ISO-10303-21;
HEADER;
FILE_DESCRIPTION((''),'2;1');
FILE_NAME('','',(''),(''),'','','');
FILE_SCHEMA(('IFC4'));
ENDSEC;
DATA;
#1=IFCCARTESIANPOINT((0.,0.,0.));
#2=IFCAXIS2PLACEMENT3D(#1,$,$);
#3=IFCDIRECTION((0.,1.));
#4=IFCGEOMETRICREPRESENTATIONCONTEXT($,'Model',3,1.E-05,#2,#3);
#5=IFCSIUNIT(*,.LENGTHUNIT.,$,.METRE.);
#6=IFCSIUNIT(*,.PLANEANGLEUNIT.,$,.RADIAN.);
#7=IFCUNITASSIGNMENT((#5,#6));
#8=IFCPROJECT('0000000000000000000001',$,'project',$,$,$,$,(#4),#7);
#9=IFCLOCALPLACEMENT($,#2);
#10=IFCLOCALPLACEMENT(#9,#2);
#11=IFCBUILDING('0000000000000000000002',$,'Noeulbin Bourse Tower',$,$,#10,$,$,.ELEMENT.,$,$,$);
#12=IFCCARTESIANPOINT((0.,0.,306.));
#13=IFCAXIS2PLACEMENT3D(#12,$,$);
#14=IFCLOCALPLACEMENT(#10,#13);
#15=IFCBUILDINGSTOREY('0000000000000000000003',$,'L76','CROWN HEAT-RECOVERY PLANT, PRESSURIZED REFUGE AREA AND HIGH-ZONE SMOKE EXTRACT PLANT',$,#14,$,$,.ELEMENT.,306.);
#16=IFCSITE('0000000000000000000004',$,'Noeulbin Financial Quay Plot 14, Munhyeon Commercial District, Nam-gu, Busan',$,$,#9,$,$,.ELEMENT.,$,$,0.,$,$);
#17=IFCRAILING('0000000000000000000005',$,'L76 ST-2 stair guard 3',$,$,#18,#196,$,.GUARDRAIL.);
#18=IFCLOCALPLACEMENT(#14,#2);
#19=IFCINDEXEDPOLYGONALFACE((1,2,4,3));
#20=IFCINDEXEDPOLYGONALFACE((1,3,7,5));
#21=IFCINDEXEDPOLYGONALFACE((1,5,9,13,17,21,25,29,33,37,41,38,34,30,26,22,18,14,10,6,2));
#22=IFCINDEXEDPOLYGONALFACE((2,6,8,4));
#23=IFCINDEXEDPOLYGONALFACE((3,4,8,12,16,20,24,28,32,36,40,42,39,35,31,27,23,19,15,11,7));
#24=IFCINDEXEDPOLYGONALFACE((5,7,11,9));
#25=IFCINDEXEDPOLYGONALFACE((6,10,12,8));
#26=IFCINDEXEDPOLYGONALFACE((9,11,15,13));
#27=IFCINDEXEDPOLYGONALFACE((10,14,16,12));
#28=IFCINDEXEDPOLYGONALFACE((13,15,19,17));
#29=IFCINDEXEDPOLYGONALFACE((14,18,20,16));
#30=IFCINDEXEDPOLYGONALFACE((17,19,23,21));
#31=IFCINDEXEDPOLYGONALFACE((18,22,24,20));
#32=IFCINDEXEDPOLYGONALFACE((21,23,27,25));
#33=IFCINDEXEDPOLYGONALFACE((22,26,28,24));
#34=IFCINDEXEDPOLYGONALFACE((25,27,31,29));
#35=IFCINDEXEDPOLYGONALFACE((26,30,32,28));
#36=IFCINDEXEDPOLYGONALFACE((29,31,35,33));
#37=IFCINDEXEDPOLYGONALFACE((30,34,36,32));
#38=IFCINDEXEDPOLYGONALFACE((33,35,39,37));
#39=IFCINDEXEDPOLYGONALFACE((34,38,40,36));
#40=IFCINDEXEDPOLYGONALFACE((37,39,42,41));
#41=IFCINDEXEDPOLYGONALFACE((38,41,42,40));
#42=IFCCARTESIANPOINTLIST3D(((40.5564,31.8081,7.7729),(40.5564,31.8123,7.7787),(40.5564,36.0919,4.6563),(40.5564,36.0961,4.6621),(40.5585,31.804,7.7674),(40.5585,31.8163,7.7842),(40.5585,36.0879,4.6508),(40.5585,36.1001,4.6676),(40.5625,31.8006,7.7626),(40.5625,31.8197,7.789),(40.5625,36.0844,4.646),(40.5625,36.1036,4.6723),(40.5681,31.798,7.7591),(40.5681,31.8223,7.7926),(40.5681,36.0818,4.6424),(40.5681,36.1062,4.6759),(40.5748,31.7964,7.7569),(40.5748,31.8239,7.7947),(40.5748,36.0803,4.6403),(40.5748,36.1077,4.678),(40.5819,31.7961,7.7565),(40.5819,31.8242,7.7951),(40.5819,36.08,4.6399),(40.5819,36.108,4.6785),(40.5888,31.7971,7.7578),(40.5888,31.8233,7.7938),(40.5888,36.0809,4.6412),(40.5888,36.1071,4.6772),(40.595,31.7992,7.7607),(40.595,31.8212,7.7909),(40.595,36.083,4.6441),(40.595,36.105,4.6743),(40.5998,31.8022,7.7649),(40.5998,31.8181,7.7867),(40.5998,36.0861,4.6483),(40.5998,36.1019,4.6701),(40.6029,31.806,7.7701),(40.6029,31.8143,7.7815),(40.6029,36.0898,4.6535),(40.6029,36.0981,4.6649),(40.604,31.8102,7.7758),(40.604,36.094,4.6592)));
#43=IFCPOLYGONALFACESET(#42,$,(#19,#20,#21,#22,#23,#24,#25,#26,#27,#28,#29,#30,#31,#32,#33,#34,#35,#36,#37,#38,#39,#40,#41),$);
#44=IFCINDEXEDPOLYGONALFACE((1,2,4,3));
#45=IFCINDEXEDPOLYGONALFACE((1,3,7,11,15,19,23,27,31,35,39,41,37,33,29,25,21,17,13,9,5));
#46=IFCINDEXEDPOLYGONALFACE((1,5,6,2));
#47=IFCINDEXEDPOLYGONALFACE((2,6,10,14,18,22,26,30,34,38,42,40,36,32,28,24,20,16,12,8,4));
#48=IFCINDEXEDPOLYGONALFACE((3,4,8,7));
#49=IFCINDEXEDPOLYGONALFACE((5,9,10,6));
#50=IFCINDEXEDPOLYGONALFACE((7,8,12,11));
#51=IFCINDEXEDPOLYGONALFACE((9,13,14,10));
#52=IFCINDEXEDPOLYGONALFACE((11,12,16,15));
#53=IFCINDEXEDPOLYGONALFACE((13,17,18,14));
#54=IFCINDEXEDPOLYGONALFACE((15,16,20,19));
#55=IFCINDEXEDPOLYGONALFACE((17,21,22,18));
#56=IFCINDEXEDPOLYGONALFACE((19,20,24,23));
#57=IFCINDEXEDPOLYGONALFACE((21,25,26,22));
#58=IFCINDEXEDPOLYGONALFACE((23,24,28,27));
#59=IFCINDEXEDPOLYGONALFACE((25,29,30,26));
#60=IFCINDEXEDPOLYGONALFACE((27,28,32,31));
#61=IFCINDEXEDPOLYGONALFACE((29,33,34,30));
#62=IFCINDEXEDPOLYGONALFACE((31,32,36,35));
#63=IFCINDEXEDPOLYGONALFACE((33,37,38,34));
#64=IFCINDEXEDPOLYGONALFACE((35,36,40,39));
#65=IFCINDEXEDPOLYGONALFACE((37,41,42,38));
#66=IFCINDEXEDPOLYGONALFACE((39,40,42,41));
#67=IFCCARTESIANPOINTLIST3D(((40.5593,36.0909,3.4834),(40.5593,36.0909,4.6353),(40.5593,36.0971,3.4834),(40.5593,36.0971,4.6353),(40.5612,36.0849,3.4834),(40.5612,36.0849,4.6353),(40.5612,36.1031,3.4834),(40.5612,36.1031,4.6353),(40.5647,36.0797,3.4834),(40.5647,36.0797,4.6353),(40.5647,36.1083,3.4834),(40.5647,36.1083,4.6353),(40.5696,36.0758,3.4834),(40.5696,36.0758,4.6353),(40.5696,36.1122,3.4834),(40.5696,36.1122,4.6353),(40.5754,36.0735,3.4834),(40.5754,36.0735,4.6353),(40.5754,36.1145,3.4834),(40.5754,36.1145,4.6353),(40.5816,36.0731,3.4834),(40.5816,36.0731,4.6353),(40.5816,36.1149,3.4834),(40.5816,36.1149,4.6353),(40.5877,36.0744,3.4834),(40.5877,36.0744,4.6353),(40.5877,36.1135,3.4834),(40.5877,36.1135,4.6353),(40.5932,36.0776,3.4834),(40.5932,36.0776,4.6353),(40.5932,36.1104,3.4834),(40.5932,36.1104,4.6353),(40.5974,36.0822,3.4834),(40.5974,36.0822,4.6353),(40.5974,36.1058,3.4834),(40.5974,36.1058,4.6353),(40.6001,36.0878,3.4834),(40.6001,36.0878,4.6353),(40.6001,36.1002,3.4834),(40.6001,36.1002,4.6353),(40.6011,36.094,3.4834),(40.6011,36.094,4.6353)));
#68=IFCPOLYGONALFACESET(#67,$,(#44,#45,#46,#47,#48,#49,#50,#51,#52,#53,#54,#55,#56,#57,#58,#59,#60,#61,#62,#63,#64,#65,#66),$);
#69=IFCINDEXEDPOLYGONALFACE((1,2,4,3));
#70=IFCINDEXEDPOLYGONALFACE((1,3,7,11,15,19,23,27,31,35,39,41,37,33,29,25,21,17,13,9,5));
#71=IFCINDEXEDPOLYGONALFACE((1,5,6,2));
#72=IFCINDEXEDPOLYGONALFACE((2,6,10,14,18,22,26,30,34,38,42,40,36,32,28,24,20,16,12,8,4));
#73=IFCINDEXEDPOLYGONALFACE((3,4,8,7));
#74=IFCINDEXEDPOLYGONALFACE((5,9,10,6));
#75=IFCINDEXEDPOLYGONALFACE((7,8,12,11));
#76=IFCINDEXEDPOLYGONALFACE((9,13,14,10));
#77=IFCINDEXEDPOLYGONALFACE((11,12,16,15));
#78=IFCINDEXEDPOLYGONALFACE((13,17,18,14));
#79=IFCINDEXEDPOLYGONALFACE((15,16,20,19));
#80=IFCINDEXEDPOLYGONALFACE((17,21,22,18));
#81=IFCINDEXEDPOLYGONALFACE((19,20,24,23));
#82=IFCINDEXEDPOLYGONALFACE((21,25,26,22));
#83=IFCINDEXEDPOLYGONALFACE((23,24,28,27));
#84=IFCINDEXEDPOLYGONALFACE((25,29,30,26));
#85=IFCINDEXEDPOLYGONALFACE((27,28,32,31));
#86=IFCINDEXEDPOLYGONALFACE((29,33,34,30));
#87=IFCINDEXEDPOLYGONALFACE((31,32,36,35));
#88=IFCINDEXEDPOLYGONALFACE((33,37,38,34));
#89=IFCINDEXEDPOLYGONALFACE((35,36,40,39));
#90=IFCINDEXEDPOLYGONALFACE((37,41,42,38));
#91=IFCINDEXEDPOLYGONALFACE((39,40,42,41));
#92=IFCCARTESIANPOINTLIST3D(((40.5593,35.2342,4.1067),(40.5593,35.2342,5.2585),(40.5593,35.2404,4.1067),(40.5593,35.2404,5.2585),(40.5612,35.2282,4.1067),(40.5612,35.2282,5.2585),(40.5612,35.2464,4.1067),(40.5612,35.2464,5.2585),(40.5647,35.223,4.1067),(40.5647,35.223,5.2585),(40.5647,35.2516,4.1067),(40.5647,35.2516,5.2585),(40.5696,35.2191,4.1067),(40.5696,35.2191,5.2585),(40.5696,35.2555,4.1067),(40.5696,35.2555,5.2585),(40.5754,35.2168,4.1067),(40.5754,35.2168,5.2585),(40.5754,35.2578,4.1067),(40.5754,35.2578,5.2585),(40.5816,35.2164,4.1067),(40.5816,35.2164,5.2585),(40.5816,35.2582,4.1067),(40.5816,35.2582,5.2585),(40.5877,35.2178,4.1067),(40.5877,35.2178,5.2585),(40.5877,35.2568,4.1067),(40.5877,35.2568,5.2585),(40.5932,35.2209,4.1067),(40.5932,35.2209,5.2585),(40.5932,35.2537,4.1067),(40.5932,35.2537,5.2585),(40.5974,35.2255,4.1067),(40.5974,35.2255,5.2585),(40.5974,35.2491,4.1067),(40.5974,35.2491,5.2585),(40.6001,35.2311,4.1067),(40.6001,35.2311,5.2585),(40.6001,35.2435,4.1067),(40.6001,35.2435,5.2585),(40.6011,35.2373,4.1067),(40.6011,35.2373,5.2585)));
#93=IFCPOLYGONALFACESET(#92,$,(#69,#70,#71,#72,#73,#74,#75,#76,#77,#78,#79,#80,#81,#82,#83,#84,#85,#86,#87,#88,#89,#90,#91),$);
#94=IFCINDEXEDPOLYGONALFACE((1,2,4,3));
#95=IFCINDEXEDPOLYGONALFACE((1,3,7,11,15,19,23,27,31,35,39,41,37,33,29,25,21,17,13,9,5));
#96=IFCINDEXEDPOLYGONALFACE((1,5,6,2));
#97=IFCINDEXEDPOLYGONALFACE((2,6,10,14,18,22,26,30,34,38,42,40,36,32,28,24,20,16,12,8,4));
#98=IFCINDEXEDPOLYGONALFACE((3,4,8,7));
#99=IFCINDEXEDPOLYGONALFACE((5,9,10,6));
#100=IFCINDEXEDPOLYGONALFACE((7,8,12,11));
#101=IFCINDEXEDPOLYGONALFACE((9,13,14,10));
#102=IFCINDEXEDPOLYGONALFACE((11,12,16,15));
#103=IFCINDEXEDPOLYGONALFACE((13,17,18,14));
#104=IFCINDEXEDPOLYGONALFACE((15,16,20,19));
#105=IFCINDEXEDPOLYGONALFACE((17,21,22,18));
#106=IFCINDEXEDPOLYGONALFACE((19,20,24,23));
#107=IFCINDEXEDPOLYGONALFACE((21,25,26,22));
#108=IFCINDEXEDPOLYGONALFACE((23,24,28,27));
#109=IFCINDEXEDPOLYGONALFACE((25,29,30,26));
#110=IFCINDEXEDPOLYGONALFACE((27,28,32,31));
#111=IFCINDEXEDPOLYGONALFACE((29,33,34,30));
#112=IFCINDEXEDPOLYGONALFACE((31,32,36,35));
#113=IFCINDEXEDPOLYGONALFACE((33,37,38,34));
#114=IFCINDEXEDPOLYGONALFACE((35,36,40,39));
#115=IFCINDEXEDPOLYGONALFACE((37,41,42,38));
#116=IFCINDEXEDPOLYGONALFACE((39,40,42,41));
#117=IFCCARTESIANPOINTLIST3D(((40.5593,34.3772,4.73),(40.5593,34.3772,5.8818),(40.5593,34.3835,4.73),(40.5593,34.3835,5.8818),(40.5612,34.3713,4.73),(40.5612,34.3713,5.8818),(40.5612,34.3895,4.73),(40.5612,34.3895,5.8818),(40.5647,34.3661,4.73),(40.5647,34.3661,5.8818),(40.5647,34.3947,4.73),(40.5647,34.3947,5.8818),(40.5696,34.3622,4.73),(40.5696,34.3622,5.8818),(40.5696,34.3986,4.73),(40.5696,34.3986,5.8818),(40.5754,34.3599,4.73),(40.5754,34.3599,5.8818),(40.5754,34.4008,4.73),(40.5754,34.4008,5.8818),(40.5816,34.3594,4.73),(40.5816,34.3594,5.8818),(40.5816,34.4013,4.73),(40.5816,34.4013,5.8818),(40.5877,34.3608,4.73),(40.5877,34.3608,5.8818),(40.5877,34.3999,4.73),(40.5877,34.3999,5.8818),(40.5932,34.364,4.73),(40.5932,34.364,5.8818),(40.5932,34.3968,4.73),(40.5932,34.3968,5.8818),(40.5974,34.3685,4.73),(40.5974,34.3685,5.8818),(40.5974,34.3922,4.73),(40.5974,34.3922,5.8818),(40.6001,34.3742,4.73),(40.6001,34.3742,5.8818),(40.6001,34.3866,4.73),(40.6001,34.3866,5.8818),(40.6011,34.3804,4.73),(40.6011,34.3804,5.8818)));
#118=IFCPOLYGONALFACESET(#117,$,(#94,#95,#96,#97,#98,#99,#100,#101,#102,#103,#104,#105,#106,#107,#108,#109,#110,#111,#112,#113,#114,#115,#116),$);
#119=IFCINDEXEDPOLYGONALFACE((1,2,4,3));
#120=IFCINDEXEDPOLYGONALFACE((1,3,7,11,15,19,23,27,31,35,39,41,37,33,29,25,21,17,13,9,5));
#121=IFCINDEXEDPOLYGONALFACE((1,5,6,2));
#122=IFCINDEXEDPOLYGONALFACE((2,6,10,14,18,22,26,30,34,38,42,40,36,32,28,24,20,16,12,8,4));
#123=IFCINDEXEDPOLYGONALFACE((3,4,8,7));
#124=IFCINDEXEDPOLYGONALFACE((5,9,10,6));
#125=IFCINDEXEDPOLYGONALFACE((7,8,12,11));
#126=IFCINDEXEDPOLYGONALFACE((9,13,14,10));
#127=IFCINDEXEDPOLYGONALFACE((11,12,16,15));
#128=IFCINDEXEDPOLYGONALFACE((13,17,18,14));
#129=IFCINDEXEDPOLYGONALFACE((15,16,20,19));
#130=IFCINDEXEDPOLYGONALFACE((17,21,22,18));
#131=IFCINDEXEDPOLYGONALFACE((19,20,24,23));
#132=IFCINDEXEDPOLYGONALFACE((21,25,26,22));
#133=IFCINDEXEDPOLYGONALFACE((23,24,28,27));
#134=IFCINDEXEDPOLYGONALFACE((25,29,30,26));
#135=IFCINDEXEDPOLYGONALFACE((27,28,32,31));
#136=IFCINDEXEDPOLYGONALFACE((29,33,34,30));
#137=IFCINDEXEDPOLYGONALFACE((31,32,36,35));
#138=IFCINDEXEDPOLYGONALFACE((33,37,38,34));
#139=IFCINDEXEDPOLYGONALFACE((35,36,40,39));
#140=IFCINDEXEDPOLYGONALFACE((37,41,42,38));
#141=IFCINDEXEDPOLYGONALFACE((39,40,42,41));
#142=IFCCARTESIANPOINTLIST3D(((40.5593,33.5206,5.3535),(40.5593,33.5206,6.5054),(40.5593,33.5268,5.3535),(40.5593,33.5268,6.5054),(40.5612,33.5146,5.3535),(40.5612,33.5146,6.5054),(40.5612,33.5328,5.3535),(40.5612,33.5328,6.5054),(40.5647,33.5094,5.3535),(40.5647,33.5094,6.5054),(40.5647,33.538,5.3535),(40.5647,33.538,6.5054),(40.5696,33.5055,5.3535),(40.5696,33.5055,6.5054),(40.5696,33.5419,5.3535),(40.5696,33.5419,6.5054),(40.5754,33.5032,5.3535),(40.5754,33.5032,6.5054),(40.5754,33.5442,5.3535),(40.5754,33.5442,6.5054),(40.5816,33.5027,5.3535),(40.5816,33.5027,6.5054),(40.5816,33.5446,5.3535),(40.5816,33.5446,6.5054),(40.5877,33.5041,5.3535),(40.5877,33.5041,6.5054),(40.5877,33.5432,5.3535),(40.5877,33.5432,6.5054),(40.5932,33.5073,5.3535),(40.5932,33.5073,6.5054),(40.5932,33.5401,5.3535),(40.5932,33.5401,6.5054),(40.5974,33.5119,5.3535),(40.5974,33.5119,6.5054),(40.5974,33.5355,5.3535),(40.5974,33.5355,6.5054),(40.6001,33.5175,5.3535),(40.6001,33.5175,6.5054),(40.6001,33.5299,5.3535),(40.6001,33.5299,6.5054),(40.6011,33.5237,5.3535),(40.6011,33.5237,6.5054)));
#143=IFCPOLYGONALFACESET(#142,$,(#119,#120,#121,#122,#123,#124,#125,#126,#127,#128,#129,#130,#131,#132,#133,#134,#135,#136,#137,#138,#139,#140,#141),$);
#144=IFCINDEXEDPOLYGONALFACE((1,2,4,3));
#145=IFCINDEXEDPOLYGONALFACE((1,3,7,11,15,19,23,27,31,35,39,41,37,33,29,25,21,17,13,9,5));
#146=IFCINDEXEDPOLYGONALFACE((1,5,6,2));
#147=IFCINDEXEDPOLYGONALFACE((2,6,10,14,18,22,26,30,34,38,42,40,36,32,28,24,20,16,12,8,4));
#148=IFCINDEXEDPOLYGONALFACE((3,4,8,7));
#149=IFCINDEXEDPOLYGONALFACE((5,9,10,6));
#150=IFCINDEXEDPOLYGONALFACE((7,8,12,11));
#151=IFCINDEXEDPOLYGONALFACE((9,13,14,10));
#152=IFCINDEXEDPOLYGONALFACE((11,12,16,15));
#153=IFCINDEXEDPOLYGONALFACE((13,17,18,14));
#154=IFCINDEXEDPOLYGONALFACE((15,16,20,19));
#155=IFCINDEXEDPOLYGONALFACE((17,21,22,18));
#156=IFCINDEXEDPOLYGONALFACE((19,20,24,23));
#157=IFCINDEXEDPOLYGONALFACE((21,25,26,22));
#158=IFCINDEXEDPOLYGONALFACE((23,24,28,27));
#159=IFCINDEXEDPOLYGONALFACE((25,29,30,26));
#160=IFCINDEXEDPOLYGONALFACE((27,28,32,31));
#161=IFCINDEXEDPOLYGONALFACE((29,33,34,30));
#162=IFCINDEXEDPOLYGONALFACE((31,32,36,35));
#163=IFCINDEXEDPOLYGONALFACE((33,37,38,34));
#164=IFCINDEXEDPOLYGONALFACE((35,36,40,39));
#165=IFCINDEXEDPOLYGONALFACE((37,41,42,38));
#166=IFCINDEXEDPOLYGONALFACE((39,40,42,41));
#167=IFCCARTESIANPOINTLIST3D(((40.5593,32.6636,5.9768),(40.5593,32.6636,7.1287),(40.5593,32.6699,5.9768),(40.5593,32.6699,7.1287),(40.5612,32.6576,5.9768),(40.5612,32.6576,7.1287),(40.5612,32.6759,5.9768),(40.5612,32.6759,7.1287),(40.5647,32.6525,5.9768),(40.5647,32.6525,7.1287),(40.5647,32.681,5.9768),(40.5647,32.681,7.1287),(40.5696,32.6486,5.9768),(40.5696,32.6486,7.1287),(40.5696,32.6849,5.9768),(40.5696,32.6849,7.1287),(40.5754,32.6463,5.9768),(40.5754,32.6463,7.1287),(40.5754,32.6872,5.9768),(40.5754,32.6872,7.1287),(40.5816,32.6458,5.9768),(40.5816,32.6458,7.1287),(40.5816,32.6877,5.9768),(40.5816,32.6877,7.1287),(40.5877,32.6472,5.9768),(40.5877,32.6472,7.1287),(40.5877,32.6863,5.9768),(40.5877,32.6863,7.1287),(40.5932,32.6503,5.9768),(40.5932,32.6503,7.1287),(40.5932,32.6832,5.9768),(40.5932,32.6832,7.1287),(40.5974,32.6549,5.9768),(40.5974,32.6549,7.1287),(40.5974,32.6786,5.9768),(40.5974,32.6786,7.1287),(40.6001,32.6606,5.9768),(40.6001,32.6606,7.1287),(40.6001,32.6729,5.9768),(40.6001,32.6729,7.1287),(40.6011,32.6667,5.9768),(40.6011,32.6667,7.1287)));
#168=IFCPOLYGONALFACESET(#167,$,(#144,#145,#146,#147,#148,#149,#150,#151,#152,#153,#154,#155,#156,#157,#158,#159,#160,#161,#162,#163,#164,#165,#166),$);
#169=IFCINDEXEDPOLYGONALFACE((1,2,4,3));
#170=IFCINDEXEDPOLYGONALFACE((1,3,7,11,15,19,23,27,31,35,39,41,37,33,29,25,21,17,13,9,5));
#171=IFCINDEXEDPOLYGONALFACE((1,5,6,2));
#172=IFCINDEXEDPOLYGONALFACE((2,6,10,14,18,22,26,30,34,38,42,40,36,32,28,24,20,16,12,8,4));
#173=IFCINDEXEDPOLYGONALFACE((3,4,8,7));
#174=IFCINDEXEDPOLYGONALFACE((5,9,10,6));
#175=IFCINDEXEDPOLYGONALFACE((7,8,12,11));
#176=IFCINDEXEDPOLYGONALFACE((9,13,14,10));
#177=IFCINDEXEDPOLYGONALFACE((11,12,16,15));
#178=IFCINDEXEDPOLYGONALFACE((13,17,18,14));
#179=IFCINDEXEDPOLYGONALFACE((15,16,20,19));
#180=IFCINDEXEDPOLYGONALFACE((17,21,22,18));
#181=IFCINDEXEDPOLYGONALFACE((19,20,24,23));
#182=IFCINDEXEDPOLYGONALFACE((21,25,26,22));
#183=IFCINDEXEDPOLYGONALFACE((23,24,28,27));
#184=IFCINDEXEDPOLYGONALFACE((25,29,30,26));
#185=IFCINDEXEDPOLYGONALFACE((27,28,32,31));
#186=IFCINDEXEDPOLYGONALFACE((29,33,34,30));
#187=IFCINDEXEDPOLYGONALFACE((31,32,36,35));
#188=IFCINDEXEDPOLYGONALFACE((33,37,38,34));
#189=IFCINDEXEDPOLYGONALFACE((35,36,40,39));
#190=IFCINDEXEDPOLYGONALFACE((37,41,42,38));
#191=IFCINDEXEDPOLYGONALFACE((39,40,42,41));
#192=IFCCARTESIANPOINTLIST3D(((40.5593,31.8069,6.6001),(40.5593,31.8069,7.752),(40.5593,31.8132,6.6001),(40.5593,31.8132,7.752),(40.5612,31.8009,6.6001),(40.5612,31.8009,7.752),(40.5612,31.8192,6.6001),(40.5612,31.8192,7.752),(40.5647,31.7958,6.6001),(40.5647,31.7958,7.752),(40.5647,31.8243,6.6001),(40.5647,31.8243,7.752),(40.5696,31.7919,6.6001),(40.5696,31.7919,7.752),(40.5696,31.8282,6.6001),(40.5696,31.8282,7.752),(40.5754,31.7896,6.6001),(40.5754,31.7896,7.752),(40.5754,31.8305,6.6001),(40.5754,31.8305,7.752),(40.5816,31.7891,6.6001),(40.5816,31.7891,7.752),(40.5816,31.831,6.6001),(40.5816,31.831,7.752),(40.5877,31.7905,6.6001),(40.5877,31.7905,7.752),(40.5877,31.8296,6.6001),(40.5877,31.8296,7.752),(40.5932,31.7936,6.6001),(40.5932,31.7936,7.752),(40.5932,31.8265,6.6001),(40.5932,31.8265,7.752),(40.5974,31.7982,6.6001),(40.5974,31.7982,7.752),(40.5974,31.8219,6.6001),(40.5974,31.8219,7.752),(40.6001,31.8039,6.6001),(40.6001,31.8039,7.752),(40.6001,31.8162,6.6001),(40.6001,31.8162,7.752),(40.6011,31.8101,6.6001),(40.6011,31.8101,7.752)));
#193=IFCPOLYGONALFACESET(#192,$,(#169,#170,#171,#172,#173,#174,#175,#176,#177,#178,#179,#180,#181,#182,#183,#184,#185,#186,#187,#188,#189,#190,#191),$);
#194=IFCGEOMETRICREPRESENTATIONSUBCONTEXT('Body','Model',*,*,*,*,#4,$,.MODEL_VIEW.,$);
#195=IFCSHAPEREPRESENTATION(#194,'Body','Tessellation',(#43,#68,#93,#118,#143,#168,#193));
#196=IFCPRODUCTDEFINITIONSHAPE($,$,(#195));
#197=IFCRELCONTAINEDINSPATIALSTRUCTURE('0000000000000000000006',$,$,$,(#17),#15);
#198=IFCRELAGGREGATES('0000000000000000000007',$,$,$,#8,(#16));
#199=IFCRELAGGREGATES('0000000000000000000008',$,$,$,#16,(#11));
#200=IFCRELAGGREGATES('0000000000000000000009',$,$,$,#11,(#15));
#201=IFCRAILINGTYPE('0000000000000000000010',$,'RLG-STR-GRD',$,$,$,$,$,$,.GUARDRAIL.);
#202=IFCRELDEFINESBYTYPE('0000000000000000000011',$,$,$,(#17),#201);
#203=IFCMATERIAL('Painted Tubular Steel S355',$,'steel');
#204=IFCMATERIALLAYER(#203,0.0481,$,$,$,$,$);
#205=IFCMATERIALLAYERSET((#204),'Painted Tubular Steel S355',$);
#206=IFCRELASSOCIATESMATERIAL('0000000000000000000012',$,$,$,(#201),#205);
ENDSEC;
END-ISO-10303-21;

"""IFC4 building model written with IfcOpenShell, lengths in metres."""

from ifc_helpers import new_model, si_unit, direction, frame, origin, origin_2d, place, context, subcontext, project, spatial, circle, extrude, material, layer, layer_set, type_object, element, save


model = new_model("IFC4")

# Units and contexts
model_context = context("Model", 3, precision=1e-05, world=origin(), true_north=direction((0.0, 1.0)))
body_context = subcontext(model_context, "Body", "Model", "MODEL_VIEW")
ifc_project = project(units=[si_unit("LENGTHUNIT", "METRE"), si_unit("PLANEANGLEUNIT", "RADIAN")], contexts=[model_context])

# Site, building, storey
site_placement = place(None, origin())
site = spatial("IfcSite", under=ifc_project, at=site_placement, Name="Noeulbin Financial Quay Plot 14, Munhyeon Commercial District, Nam-gu, Busan", CompositionType="ELEMENT", RefElevation=0.0)
building_placement = place(site_placement, origin())
building = spatial("IfcBuilding", under=site, at=building_placement, Name="Noeulbin Bourse Tower", CompositionType="ELEMENT")
storey_placement = place(building_placement, frame((0.0, 0.0, 306.0)))
storey = spatial("IfcBuildingStorey", under=building, at=storey_placement, Name="L76", Description="CROWN HEAT-RECOVERY PLANT, PRESSURIZED REFUGE AREA AND HIGH-ZONE SMOKE EXTRACT PLANT", CompositionType="ELEMENT", Elevation=306.0)

# Railing
ifc_material_1 = material(Name="Painted Tubular Steel S355", Category="steel")
ifc_layer_1 = layer(ifc_material_1, 0.0481)
ifc_layer_set_1 = layer_set([ifc_layer_1], Name="Painted Tubular Steel S355")
railing_type_1 = type_object("IfcRailingType", Name="RLG-STR-GRD", PredefinedType="GUARDRAIL", material=ifc_layer_set_1)
railing_1_placement = place(storey_placement, frame((40.5801, 36.094, 3.4834)))
element("IfcRailing", 1, at=railing_1_placement, inside=storey, type_object=railing_type_1, Name="L76 ST-2 stair guard 3", PredefinedType="GUARDRAIL", context=body_context, shape_type="SweptSolid", body=[
    extrude(circle(Radius=0.0239, at=origin_2d()), frame((0.0, 0.0, 1.1758), z_axis=(0.0, -0.808636, 0.588309), x_axis=(1.0, 0.0, 0.0)), (0.0, 0.0, 1.0), 5.2976),
    extrude(circle(Radius=0.021, at=origin_2d()), origin(), (0.0, 0.0, 1.0), 1.1519),
    extrude(circle(Radius=0.021, at=origin_2d()), frame((0.0, -0.8567, 0.6233)), (0.0, 0.0, 1.0), 1.1519),
    extrude(circle(Radius=0.021, at=origin_2d()), frame((0.0, -1.7136, 1.2466)), (0.0, 0.0, 1.0), 1.1519),
    extrude(circle(Radius=0.021, at=origin_2d()), frame((0.0, -2.5703, 1.8701)), (0.0, 0.0, 1.0), 1.1519),
    extrude(circle(Radius=0.021, at=origin_2d()), frame((0.0, -3.4272, 2.4934)), (0.0, 0.0, 1.0), 1.1519),
    extrude(circle(Radius=0.021, at=origin_2d()), frame((0.0, -4.2839, 3.1167)), (0.0, 0.0, 1.0), 1.1519),
])

save(model, "model.ifc")
